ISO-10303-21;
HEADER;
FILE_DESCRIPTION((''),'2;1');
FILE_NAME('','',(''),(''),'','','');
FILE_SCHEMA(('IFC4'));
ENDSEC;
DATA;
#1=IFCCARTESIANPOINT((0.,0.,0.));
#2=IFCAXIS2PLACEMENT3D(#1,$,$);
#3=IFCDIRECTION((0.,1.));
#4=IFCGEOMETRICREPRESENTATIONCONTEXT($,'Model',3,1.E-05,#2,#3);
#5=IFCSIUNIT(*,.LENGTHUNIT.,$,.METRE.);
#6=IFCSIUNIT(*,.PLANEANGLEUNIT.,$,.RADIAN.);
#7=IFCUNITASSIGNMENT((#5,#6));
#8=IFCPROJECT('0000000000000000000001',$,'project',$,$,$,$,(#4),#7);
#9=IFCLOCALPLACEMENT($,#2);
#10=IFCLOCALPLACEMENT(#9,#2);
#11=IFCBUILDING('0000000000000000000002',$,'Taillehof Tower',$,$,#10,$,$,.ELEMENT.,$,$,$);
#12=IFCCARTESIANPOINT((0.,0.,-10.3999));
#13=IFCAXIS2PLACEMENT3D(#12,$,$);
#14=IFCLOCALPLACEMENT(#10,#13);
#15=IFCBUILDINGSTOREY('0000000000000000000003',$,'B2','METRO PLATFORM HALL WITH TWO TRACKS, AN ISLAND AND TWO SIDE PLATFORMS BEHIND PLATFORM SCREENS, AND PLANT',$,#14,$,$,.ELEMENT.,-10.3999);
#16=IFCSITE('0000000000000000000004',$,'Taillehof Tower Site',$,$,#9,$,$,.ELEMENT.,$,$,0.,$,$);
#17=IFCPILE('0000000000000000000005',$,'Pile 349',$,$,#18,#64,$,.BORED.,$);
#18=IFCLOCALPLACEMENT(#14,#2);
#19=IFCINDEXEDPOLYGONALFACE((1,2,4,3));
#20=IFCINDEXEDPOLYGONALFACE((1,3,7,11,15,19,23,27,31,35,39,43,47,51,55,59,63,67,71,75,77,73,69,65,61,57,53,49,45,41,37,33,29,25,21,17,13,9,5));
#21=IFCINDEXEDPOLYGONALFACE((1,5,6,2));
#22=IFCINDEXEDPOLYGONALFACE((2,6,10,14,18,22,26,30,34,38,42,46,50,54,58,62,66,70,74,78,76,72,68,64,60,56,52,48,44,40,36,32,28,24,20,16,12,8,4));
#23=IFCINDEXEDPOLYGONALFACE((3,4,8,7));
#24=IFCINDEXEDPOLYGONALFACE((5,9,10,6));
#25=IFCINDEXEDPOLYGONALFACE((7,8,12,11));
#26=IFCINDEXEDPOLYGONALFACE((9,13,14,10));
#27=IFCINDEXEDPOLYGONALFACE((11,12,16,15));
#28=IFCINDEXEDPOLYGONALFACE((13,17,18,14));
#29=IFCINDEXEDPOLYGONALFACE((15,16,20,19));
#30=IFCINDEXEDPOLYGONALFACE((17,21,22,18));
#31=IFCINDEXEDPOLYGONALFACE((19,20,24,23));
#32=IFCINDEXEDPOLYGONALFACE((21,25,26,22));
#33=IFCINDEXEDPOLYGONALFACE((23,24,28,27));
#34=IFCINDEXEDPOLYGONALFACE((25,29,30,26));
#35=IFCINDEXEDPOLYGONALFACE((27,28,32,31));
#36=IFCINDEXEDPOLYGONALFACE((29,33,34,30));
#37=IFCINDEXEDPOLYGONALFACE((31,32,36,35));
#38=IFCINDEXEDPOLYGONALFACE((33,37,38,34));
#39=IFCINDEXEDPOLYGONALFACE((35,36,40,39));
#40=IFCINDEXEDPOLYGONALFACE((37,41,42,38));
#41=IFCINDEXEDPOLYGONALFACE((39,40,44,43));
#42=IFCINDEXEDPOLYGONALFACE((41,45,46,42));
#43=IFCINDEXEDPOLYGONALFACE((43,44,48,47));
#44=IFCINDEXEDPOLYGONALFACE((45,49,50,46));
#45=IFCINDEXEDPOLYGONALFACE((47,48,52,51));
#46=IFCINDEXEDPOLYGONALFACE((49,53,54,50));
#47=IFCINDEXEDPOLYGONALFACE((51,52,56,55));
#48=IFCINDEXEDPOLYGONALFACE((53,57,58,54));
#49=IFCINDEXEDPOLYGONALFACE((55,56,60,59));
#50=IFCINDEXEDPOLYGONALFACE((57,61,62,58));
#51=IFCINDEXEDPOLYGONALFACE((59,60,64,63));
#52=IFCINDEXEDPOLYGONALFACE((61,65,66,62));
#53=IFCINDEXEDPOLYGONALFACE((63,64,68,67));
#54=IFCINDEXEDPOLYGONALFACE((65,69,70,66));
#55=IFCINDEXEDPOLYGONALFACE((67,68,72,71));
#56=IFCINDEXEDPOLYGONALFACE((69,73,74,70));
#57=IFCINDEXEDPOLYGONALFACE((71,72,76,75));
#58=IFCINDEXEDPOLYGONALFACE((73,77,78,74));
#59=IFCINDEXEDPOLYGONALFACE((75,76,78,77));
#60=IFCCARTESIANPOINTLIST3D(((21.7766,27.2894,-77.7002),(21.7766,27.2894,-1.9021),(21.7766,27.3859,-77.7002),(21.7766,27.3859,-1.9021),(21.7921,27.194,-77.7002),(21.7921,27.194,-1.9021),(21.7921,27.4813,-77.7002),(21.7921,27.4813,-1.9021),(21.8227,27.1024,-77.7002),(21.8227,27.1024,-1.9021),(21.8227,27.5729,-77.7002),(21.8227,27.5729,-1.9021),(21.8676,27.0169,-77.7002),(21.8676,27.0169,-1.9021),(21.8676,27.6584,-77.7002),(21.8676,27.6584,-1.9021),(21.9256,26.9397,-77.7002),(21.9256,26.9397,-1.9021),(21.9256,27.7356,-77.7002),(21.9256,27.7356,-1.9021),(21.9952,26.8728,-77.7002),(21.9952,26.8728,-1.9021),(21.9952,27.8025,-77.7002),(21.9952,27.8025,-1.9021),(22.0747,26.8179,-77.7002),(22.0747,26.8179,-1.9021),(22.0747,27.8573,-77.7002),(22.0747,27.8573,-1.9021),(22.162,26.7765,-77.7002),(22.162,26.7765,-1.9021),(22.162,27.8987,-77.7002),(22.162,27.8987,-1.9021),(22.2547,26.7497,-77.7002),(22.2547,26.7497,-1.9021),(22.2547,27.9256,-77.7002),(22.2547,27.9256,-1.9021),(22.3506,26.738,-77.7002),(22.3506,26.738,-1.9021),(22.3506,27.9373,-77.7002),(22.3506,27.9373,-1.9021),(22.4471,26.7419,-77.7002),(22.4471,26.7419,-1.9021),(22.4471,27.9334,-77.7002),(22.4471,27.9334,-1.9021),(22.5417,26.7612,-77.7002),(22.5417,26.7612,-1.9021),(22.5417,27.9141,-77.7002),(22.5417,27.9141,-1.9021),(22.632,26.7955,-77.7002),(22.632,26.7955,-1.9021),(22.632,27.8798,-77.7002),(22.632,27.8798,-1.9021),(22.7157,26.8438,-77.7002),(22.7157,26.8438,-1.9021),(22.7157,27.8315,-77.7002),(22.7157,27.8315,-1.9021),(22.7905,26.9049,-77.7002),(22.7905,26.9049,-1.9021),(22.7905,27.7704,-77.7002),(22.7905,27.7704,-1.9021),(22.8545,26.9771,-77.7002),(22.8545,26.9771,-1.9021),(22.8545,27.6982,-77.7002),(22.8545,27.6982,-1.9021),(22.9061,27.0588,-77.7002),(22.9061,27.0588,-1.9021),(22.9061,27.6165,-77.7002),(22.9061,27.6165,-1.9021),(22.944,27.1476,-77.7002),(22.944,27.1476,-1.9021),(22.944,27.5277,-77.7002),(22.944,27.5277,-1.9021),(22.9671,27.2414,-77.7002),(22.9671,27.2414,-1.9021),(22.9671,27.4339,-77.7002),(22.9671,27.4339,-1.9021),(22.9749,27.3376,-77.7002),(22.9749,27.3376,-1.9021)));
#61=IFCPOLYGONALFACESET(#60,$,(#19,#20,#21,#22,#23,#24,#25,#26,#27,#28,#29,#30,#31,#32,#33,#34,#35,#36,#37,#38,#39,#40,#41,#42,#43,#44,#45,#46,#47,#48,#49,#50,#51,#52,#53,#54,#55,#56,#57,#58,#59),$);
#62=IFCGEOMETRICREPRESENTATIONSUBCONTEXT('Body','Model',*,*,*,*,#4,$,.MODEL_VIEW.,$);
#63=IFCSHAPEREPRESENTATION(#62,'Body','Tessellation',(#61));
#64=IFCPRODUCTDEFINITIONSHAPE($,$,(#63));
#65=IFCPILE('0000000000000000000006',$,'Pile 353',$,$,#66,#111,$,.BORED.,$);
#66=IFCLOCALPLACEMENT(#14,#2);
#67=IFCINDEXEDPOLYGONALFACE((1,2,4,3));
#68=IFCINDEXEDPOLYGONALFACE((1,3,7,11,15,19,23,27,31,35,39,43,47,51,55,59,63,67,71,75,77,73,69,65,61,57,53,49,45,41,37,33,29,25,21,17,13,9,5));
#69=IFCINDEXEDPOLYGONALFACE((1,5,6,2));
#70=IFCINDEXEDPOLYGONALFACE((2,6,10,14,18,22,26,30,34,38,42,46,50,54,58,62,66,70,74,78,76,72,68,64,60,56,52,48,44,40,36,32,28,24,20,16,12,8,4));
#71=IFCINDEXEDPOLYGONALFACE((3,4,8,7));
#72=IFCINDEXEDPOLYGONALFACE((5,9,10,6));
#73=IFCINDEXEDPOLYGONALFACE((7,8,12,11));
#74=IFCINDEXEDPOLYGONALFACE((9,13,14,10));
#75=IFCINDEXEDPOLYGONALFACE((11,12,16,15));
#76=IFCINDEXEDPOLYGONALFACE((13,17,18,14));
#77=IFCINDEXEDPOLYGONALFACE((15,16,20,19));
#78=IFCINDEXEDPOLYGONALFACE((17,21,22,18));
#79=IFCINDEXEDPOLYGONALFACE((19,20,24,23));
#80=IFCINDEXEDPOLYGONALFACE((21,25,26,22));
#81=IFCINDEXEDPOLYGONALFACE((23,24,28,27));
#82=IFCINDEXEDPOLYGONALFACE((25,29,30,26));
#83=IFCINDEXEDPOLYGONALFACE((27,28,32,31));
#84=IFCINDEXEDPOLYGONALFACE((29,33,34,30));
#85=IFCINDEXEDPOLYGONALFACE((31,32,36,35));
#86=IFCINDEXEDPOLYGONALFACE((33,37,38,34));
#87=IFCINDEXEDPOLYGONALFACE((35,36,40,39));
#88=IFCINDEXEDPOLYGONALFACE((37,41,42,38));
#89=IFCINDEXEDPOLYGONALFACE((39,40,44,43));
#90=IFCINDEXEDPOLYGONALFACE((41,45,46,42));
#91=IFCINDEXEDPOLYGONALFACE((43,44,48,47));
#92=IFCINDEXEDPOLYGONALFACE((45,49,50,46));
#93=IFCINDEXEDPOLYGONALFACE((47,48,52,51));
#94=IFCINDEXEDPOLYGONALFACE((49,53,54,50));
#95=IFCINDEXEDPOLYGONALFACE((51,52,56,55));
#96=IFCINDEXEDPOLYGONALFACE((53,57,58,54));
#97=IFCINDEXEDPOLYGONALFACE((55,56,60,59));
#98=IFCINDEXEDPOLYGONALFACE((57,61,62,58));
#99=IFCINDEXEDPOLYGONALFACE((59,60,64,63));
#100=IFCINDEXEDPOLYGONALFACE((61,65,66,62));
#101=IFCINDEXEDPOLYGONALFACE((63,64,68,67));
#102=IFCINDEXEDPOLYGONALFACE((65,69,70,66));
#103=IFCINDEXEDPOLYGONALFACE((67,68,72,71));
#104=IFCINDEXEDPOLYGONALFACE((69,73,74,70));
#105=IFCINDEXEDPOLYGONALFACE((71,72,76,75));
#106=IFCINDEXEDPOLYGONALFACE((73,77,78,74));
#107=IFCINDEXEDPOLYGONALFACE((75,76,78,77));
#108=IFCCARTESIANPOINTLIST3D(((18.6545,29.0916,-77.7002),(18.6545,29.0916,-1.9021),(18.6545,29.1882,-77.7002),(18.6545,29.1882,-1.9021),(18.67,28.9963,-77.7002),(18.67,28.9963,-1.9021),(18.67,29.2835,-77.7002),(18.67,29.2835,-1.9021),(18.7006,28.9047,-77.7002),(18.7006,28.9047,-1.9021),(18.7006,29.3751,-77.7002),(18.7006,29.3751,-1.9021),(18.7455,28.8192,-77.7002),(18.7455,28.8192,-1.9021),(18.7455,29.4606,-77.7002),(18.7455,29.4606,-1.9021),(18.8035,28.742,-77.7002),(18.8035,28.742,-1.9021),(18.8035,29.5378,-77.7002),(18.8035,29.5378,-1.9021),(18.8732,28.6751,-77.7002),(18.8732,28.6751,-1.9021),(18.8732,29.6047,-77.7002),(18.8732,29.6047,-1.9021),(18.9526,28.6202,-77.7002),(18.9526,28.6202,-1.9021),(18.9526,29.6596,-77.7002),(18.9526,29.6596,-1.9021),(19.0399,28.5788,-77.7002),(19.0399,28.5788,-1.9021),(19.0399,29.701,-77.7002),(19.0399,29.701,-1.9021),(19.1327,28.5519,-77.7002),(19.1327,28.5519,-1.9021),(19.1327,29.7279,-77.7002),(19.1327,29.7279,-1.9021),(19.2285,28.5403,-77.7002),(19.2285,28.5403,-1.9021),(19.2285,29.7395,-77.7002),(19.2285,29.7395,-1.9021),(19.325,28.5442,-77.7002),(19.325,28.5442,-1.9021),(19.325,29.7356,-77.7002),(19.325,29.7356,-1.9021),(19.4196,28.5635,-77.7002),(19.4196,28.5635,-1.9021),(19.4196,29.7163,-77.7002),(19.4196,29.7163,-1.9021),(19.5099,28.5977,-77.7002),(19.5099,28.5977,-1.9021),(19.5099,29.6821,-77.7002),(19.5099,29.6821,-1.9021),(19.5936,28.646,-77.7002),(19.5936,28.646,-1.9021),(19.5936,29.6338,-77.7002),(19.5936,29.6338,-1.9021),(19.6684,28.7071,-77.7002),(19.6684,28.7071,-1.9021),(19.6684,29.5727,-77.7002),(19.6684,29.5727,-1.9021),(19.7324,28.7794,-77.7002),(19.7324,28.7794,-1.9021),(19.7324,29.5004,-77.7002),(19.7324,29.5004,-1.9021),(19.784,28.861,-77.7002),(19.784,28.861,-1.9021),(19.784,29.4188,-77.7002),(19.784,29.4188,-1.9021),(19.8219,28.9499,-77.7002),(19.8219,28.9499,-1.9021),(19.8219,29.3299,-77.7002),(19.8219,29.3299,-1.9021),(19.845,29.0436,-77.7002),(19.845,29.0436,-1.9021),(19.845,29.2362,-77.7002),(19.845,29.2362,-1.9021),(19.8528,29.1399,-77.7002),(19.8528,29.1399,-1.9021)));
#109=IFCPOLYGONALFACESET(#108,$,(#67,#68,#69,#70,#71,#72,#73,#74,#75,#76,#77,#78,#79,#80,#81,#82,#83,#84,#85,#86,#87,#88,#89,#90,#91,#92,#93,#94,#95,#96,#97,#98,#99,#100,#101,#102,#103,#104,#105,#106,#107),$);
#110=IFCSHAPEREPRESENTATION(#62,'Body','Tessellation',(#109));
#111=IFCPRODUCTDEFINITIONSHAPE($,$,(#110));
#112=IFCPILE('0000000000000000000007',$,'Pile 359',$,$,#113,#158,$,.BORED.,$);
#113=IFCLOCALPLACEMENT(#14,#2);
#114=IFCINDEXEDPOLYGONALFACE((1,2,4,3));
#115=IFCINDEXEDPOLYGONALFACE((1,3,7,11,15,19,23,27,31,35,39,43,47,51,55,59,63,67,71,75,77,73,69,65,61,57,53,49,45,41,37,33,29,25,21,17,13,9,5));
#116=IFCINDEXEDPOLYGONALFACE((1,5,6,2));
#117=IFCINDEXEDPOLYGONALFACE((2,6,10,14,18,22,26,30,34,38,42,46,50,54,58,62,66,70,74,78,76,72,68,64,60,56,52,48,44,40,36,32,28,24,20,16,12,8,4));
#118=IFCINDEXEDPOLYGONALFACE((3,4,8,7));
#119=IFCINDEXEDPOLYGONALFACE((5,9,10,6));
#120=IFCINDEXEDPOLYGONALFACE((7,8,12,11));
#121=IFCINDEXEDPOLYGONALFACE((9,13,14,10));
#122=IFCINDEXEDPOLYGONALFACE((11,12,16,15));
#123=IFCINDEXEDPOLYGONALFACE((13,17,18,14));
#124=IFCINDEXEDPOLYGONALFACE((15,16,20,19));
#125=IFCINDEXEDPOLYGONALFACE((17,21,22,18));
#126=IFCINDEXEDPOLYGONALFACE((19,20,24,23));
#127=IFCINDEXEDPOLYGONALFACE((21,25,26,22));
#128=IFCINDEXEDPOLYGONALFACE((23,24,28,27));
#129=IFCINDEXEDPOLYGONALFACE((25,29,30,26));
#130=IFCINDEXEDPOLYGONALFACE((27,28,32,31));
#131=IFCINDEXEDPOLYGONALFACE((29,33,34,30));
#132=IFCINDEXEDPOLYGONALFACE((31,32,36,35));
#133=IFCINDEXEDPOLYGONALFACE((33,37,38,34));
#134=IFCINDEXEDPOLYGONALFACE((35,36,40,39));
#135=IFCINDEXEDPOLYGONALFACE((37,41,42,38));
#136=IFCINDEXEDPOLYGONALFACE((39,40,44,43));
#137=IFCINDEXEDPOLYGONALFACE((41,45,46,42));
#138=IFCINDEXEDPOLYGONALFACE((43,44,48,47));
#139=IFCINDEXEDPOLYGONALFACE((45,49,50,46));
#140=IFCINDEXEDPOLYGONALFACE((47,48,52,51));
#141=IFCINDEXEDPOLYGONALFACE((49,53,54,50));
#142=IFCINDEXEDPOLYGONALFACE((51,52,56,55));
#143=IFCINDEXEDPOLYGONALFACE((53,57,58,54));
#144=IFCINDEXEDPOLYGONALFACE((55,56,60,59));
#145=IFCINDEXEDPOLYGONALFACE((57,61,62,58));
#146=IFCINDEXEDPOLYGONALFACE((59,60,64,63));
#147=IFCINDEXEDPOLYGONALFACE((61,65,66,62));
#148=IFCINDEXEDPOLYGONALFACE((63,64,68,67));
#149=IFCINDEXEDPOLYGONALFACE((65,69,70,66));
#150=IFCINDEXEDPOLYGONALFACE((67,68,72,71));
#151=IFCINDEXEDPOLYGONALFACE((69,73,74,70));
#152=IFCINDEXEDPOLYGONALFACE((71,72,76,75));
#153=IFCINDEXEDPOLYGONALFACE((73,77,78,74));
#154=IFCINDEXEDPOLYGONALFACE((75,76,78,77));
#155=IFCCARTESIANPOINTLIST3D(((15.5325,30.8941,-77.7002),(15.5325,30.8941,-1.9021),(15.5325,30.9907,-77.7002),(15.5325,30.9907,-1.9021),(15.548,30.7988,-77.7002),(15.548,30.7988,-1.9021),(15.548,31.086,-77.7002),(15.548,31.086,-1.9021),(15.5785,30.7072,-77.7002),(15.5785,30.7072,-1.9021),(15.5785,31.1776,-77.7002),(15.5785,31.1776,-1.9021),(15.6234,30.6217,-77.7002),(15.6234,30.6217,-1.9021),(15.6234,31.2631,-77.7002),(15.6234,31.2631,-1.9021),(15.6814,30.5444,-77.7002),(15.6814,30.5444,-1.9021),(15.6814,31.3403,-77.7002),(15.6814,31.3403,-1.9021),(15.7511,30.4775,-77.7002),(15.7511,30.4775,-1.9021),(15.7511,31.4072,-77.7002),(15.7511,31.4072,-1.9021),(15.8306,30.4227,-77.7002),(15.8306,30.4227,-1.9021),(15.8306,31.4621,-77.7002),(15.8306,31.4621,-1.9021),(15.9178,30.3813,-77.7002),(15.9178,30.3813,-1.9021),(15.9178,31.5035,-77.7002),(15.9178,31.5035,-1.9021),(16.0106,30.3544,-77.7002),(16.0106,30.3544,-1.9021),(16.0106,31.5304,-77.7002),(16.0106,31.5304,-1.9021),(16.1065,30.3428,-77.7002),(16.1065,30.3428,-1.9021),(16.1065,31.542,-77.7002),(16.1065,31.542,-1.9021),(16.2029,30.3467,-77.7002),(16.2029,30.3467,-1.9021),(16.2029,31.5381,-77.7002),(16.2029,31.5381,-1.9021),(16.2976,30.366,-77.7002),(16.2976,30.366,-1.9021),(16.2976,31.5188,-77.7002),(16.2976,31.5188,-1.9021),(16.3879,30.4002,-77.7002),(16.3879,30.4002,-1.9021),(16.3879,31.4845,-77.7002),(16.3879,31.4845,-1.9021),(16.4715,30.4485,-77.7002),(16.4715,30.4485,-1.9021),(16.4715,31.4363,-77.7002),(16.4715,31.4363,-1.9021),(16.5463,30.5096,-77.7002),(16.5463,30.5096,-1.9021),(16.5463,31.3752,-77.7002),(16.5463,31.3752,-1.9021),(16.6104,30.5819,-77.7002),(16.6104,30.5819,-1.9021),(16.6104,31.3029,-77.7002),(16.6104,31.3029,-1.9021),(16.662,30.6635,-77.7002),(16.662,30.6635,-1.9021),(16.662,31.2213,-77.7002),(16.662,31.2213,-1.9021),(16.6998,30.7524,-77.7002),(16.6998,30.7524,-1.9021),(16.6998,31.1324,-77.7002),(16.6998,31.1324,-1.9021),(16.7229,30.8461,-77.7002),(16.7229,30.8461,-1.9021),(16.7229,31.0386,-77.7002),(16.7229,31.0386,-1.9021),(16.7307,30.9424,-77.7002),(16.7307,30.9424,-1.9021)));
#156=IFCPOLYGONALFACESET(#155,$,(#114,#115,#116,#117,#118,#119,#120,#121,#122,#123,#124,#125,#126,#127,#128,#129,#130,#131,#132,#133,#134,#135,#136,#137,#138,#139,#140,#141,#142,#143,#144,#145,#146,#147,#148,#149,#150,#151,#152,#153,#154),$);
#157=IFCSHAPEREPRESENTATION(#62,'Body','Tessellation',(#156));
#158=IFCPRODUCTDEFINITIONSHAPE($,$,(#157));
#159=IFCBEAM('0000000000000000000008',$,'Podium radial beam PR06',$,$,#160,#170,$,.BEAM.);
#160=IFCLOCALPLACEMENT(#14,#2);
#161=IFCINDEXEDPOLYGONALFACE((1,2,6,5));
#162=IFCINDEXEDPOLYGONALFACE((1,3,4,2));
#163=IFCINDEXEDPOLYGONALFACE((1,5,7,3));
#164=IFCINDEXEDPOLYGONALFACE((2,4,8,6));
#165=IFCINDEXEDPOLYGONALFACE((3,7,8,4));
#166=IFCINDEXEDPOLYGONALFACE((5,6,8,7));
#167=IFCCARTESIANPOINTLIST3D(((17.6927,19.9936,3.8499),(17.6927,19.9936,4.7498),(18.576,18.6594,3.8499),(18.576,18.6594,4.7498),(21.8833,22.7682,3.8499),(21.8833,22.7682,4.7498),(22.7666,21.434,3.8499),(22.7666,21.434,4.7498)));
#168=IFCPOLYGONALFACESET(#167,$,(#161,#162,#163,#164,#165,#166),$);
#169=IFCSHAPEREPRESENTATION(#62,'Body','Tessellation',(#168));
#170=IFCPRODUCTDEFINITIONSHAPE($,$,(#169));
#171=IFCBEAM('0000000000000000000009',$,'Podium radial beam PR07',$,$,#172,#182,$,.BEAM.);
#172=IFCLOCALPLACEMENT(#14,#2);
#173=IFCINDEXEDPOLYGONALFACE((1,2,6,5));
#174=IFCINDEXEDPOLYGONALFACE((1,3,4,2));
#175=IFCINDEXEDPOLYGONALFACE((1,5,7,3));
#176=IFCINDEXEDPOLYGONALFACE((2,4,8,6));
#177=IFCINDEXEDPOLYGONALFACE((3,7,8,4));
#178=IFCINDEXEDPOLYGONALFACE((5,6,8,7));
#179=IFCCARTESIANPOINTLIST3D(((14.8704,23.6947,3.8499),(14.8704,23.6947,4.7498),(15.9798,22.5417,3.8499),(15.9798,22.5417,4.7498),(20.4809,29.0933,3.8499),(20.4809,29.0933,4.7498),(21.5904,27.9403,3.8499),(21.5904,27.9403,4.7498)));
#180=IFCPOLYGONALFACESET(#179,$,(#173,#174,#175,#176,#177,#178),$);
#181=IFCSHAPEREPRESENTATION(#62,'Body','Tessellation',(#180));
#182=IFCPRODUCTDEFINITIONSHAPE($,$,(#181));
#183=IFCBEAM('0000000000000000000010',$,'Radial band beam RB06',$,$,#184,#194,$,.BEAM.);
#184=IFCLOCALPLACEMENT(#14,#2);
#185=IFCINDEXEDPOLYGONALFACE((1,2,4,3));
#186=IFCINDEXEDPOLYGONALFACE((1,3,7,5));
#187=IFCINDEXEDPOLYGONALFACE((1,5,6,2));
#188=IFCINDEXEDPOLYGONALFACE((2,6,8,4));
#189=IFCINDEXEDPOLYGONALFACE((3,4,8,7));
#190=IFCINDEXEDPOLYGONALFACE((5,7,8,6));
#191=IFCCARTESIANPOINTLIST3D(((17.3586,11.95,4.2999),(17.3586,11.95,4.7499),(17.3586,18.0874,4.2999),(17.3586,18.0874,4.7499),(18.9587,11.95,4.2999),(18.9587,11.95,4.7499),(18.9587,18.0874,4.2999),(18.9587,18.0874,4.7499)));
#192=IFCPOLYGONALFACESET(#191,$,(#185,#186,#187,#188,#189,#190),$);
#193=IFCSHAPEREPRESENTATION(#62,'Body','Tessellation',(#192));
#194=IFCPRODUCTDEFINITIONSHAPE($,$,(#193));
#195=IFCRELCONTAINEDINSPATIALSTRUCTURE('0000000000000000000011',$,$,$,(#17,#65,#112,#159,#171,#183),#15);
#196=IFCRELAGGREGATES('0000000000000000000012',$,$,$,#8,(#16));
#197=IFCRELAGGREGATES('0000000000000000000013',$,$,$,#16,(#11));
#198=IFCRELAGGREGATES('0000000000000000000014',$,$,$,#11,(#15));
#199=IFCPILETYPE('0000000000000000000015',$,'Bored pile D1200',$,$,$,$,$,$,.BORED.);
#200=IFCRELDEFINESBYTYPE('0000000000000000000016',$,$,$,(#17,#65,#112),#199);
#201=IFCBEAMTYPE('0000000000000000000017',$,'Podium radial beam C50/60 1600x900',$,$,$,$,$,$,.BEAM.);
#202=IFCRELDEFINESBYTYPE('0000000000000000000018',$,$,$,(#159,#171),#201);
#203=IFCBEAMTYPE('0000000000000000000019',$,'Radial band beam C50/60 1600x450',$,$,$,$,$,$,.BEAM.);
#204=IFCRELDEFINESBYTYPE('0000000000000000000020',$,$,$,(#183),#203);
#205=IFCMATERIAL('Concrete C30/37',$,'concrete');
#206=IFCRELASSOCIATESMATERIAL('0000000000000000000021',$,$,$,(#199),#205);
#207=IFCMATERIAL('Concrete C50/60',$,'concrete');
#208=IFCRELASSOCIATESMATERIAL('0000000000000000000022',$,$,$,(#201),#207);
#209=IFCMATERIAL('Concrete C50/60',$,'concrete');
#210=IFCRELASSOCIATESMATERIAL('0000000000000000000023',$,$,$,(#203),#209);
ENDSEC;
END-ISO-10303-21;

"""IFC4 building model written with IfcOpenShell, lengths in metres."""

from ifc_helpers import new_model, si_unit, direction, frame, origin, origin_2d, place, context, subcontext, project, spatial, rectangle, circle, extrude, material, material_profile, profile_set, type_object, element, save


model = new_model("IFC4")

# Units and contexts
model_context = context("Model", 3, precision=1e-05, world=origin(), true_north=direction((0.0, 1.0)))
body_context = subcontext(model_context, "Body", "Model", "MODEL_VIEW")
ifc_project = project(units=[si_unit("LENGTHUNIT", "METRE"), si_unit("PLANEANGLEUNIT", "RADIAN")], contexts=[model_context])

# Site, building, storey
site_placement = place(None, origin())
site = spatial("IfcSite", under=ifc_project, at=site_placement, Name="Taillehof Tower Site", CompositionType="ELEMENT", RefElevation=0.0)
building_placement = place(site_placement, origin())
building = spatial("IfcBuilding", under=site, at=building_placement, Name="Taillehof Tower", CompositionType="ELEMENT")
storey_placement = place(building_placement, frame((0.0, 0.0, -10.3999)))
storey = spatial("IfcBuildingStorey", under=building, at=storey_placement, Name="B2", Description="METRO PLATFORM HALL WITH TWO TRACKS, AN ISLAND AND TWO SIDE PLATFORMS BEHIND PLATFORM SCREENS, AND PLANT", CompositionType="ELEMENT", Elevation=-10.3999)

# Piles
ifc_material_1 = material(Name="Concrete C30/37", Category="concrete")
ifc_material_profile_1 = material_profile(ifc_material_1, circle(Radius=0.6001, at=origin_2d()), Name="BP D1200")
ifc_profile_set_1 = profile_set([ifc_material_profile_1], Name="Concrete C30/37")
pile_type = type_object("IfcPileType", Name="Bored pile D1200", PredefinedType="BORED", material=ifc_profile_set_1)
for number, where, z_axis, x_axis, name in (
    (1, (22.3748, 27.3376, -1.9021), (0.0, 0.0, -1.0), (1.0, 0.0, 0.0), "Pile 349"),
    (2, (19.2527, 29.1399, -1.9021), (0.0, 0.0, -1.0), (1.0, 0.0, 0.0), "Pile 353"),
    (3, (16.1306, 30.9424, -1.9021), (0.0, 0.0, -1.0), (1.0, 0.0, 0.0), "Pile 359"),
):
    element("IfcPile", number, at=place(storey_placement, frame(where, z_axis=z_axis, x_axis=x_axis)), inside=storey, type_object=pile_type, Name=name, PredefinedType="BORED", context=body_context, shape_type="SweptSolid", body=[
        extrude(circle(Radius=0.6001, at=origin_2d()), origin(), (0.0, 0.0, 1.0), 75.7981),
    ])

# Beams
ifc_material_2 = material(Name="Concrete C50/60", Category="concrete")
ifc_material_profile_2 = material_profile(ifc_material_2, rectangle(XDim=1.6001, YDim=0.8999, at=origin_2d()), Name="RC 1600x900")
ifc_profile_set_2 = profile_set([ifc_material_profile_2], Name="Concrete C50/60")
beam_type_1 = type_object("IfcBeamType", Name="Podium radial beam C50/60 1600x900", PredefinedType="BEAM", material=ifc_profile_set_2)
beam_1_placement = place(storey_placement, frame((22.325, 22.1011, 4.2998), z_axis=(-0.833802, -0.552063, 0.0), x_axis=(0.552063, -0.833802, 0.0)))
element("IfcBeam", 4, at=beam_1_placement, inside=storey, type_object=beam_type_1, Name="Podium radial beam PR06", PredefinedType="BEAM", context=body_context, shape_type="SweptSolid", body=[
    extrude(rectangle(XDim=1.6001, YDim=0.8999, at=origin_2d()), origin(), (0.0, 0.0, 1.0), 5.0259),
])
beam_2_placement = place(storey_placement, frame((21.0356, 28.5168, 4.2998), z_axis=(-0.720584, -0.693367, 0.0), x_axis=(0.693367, -0.720584, 0.0)))
element("IfcBeam", 5, at=beam_2_placement, inside=storey, type_object=beam_type_1, Name="Podium radial beam PR07", PredefinedType="BEAM", context=body_context, shape_type="SweptSolid", body=[
    extrude(rectangle(XDim=1.6001, YDim=0.8999, at=origin_2d()), origin(), (0.0, 0.0, 1.0), 7.7861),
])
ifc_material_3 = material(Name="Concrete C50/60", Category="concrete")
ifc_material_profile_3 = material_profile(ifc_material_3, rectangle(XDim=1.6001, YDim=0.45, at=origin_2d()), Name="RC 1600x450")
ifc_profile_set_3 = profile_set([ifc_material_profile_3], Name="Concrete C50/60")
beam_type_2 = type_object("IfcBeamType", Name="Radial band beam C50/60 1600x450", PredefinedType="BEAM", material=ifc_profile_set_3)
beam_3_placement = place(storey_placement, frame((18.1587, 18.0874, 4.5249), z_axis=(0.0, -1.0, 0.0), x_axis=(1.0, 0.0, 0.0)))
element("IfcBeam", 6, at=beam_3_placement, inside=storey, type_object=beam_type_2, Name="Radial band beam RB06", PredefinedType="BEAM", context=body_context, shape_type="SweptSolid", body=[
    extrude(rectangle(XDim=1.6001, YDim=0.45, at=origin_2d()), origin(), (0.0, 0.0, 1.0), 6.1375),
])

save(model, "model.ifc")
